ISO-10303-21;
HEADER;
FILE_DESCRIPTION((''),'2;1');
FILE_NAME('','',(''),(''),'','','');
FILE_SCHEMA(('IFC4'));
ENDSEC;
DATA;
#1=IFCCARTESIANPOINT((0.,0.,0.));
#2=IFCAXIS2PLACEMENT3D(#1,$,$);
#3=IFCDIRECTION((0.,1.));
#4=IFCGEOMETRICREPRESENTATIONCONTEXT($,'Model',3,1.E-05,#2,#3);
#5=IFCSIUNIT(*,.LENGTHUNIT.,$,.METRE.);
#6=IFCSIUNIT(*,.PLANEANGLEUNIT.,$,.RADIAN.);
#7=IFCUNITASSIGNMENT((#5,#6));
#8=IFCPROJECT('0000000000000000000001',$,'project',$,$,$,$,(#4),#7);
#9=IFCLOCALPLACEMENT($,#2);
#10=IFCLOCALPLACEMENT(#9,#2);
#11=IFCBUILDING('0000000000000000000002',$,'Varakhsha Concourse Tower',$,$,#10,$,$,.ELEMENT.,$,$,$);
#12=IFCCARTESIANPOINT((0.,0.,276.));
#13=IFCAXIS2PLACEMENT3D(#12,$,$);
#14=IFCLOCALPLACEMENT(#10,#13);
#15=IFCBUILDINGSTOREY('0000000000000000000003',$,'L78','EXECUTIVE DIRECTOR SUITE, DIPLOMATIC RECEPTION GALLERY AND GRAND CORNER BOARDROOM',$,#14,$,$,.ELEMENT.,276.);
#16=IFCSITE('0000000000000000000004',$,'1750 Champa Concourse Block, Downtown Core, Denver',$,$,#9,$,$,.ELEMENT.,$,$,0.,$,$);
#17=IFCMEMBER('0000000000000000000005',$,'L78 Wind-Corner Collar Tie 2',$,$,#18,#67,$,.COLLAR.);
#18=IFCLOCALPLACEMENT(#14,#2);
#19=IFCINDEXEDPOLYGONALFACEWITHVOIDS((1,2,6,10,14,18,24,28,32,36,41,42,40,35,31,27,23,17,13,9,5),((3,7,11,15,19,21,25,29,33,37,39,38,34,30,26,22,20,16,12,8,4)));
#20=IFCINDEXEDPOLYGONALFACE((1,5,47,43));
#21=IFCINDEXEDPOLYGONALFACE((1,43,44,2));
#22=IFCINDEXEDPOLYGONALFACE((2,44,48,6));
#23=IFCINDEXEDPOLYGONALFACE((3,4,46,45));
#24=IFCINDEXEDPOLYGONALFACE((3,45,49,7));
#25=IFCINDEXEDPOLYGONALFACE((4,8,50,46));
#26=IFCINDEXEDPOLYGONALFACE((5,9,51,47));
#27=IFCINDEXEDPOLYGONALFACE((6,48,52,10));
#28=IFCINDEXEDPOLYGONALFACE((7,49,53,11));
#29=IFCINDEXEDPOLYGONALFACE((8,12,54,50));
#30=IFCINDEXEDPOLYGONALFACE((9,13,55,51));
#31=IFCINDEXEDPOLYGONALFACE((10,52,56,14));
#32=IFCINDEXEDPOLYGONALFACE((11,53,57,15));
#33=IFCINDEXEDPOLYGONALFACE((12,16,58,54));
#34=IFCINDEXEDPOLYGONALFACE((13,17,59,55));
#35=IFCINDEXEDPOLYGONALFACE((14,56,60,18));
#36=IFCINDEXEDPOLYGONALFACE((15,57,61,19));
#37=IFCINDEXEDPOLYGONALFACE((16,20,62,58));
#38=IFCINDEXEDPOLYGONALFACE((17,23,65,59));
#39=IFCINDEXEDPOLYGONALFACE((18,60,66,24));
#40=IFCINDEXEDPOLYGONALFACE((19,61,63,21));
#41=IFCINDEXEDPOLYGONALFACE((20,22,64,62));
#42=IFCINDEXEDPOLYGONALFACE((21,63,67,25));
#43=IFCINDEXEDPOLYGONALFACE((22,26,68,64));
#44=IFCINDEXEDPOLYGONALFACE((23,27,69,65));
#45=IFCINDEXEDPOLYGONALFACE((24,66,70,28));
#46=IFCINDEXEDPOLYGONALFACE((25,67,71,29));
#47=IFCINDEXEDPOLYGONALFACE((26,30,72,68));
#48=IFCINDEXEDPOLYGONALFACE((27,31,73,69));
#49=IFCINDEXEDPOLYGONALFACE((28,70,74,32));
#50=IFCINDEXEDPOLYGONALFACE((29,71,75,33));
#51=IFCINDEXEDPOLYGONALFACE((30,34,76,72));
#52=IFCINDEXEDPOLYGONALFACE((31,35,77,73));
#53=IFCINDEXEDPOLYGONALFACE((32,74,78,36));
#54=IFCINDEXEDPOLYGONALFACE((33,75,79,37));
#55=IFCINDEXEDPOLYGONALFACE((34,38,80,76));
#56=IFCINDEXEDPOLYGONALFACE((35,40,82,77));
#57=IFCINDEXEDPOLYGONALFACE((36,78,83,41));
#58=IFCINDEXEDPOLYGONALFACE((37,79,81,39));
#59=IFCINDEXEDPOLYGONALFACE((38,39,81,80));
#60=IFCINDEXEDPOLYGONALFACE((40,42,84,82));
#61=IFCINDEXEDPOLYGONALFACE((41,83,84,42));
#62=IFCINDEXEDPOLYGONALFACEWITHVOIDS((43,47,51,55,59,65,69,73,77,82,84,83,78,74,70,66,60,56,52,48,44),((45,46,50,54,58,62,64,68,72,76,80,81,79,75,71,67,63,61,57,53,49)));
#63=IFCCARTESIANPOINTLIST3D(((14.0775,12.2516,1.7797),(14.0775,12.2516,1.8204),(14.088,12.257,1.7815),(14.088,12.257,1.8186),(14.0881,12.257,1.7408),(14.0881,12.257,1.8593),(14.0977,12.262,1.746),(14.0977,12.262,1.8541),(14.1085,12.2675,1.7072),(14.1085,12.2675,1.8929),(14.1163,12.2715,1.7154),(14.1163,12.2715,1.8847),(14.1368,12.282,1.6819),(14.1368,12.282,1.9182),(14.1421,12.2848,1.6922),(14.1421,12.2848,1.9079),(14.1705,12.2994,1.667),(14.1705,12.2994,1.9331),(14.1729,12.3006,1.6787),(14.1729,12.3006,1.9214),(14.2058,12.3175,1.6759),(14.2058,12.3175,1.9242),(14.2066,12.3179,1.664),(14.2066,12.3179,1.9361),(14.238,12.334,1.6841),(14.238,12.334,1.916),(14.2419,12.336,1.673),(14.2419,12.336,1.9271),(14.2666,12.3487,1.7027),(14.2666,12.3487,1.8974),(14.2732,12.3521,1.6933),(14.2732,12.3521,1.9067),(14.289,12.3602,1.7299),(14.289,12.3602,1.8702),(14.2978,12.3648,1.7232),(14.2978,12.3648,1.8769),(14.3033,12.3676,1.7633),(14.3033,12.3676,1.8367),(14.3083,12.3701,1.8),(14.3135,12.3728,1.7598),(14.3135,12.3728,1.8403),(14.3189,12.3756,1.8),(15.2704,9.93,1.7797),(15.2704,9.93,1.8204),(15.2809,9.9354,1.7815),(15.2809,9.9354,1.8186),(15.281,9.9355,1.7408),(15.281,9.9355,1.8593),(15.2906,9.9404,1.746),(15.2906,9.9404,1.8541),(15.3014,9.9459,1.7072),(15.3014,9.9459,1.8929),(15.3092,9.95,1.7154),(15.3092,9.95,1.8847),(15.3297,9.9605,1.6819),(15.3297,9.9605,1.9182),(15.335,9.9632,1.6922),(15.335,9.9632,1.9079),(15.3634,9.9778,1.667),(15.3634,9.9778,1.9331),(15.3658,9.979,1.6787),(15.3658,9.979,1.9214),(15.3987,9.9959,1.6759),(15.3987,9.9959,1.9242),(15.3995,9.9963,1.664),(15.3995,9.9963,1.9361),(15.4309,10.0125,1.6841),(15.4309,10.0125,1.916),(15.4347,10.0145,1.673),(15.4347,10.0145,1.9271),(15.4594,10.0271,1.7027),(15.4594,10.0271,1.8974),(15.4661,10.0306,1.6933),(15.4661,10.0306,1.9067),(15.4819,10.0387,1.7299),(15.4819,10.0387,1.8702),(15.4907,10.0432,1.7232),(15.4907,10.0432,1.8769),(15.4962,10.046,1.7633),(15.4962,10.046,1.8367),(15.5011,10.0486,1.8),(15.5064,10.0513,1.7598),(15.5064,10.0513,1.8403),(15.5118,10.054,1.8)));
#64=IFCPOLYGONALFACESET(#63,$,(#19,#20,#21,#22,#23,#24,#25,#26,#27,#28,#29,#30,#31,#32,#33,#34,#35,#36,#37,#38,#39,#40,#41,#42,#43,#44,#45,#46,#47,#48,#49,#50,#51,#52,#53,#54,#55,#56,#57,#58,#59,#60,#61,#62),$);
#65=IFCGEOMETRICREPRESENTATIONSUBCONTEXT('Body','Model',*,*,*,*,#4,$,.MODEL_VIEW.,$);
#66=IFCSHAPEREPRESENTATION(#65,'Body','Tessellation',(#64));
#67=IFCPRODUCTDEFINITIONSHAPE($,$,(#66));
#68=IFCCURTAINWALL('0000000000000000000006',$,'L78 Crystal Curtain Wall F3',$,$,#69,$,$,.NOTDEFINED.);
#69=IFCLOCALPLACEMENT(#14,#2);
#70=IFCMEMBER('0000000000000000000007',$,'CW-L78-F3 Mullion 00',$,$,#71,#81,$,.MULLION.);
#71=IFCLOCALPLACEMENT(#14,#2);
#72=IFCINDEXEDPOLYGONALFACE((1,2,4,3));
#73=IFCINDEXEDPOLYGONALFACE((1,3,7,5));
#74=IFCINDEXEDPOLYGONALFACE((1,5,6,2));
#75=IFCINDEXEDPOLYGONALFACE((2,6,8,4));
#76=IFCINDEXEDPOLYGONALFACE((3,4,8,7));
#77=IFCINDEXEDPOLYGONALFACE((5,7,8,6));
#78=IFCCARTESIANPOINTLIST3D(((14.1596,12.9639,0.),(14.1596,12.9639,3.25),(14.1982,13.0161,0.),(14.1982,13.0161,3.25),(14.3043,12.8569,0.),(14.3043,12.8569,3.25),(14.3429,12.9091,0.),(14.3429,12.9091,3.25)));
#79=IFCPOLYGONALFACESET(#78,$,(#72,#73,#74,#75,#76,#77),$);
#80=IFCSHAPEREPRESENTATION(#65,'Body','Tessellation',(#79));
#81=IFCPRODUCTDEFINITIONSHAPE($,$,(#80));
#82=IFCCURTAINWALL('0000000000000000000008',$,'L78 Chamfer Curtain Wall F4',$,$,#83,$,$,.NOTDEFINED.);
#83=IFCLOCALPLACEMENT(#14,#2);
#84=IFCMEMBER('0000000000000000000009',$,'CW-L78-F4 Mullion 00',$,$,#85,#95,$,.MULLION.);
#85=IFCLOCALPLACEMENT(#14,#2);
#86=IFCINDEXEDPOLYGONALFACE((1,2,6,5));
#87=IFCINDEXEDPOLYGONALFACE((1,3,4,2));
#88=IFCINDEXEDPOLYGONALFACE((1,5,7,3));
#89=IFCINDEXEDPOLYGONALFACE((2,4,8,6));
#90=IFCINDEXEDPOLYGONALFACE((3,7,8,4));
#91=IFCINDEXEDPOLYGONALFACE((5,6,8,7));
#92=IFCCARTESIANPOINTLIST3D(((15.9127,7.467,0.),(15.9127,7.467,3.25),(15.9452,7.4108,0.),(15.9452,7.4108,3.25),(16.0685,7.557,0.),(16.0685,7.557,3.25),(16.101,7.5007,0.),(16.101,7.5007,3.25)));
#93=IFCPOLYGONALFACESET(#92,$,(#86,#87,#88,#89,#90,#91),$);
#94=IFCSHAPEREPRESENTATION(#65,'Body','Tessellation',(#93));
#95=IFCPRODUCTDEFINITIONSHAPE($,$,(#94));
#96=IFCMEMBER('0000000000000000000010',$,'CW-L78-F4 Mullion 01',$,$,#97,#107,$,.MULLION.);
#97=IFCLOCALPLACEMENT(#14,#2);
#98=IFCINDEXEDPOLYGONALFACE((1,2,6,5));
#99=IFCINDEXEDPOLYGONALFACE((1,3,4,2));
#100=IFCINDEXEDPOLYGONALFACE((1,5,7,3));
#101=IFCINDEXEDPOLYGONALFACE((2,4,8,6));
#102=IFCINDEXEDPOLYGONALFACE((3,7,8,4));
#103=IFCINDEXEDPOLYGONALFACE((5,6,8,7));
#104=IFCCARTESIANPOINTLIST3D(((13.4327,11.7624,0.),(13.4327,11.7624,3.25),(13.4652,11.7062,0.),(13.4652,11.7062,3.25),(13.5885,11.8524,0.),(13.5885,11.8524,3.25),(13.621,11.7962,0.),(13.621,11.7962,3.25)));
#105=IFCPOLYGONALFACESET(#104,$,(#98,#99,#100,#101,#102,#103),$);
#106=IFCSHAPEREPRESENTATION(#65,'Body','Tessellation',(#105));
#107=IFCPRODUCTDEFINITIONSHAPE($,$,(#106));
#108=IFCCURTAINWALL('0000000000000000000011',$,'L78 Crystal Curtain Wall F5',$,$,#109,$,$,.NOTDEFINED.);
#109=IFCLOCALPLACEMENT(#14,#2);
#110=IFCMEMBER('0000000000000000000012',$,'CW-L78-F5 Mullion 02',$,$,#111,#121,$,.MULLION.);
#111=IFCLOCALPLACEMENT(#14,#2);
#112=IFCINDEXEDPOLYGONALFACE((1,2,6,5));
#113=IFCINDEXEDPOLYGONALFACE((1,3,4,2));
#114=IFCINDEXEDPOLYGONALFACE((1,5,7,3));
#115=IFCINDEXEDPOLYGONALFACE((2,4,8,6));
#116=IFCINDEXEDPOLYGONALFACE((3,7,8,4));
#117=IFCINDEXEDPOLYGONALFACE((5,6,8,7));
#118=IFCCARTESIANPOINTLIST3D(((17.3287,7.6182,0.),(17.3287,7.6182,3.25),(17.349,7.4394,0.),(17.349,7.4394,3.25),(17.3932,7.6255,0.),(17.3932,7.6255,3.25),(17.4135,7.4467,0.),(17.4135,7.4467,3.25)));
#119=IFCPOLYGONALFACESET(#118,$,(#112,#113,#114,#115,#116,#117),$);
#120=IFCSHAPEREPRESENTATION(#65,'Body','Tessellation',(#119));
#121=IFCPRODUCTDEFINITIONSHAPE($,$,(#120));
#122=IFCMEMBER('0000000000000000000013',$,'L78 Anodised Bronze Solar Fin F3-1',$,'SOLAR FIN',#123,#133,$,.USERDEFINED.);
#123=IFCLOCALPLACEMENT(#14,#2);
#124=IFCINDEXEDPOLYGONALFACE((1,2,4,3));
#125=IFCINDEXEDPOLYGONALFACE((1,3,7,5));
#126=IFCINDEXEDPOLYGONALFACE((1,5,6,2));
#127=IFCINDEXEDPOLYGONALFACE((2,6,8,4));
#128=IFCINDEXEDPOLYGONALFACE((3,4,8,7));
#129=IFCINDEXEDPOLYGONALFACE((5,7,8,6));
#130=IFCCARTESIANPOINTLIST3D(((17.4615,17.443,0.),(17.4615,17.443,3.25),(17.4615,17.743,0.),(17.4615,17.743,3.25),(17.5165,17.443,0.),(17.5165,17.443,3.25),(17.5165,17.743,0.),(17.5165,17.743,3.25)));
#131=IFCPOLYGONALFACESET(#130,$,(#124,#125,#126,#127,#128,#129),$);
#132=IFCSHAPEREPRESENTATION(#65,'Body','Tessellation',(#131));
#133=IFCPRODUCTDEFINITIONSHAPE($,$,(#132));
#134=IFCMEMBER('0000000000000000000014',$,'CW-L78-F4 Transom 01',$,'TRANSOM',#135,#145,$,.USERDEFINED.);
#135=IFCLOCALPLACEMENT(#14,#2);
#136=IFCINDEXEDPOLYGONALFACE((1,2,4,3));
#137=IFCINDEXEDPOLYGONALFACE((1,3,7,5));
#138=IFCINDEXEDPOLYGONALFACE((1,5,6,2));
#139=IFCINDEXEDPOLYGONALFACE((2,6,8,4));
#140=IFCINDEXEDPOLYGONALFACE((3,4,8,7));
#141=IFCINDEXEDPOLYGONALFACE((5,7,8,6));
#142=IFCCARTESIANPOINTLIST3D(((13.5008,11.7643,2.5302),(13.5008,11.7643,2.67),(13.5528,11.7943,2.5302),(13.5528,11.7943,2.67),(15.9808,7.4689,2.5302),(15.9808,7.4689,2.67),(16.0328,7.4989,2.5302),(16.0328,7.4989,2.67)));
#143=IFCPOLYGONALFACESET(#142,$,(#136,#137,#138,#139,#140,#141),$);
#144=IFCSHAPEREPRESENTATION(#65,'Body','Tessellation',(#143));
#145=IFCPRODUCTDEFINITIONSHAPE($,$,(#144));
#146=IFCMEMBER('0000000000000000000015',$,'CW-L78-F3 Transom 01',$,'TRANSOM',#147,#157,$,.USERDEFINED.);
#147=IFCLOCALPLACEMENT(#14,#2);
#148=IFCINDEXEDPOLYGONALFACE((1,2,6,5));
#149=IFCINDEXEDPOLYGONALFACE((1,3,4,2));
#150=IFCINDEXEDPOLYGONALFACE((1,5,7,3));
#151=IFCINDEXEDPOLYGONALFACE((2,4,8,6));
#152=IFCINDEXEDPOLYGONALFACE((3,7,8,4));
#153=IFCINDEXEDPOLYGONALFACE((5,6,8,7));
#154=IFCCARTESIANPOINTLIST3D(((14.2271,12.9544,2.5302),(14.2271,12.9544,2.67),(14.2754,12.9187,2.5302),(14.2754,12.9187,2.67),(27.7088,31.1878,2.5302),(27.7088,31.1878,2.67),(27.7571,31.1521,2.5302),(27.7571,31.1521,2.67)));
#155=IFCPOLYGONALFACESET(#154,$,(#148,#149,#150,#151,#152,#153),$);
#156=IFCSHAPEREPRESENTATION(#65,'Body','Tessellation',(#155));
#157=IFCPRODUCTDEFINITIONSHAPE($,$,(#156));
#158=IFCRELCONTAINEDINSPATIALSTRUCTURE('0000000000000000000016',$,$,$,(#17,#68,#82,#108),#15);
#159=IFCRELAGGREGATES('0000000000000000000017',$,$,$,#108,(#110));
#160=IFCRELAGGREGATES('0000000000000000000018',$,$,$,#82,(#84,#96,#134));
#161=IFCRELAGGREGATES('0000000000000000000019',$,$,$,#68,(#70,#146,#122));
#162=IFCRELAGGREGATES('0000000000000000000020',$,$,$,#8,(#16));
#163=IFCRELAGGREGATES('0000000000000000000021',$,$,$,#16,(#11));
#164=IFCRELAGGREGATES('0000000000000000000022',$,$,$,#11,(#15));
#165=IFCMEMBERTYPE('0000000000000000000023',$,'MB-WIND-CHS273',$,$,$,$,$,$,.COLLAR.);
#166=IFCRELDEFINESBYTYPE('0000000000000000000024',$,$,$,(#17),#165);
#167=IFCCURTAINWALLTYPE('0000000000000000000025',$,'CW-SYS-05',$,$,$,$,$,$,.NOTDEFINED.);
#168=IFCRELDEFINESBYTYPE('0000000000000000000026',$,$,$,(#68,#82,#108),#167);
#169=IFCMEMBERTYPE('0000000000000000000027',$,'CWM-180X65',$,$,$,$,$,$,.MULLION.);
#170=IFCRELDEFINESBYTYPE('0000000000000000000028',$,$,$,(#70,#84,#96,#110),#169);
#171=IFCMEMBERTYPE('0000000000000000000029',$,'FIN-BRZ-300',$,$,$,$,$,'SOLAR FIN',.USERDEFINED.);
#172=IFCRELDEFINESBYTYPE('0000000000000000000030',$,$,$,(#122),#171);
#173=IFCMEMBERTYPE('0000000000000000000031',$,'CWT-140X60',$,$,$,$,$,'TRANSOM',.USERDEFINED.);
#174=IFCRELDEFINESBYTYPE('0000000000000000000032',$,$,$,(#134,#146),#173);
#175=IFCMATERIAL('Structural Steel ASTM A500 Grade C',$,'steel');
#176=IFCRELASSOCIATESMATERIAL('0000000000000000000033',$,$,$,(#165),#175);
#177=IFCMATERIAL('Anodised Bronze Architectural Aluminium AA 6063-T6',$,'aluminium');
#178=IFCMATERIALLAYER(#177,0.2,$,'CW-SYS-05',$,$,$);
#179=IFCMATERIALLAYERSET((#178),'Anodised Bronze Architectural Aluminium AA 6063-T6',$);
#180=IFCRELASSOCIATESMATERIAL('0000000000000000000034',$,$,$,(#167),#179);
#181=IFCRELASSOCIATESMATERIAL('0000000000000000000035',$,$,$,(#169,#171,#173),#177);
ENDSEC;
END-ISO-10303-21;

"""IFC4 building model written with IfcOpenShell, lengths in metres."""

from ifc_helpers import new_model, si_unit, direction, frame, origin, origin_2d, place, context, subcontext, project, spatial, rectangle, hollow_circle, extrude, source, transform, mapped, material, layer, layer_set, material_profile, profile_set, type_object, type_shapes, element, aggregate, save


model = new_model("IFC4")

# Units and contexts
model_context = context("Model", 3, precision=1e-05, world=origin(), true_north=direction((0.0, 1.0)))
body_context = subcontext(model_context, "Body", "Model", "MODEL_VIEW")
ifc_project = project(units=[si_unit("LENGTHUNIT", "METRE"), si_unit("PLANEANGLEUNIT", "RADIAN")], contexts=[model_context])

# Site, building, storey
site_placement = place(None, origin())
site = spatial("IfcSite", under=ifc_project, at=site_placement, Name="1750 Champa Concourse Block, Downtown Core, Denver", CompositionType="ELEMENT", RefElevation=0.0)
building_placement = place(site_placement, origin())
building = spatial("IfcBuilding", under=site, at=building_placement, Name="Varakhsha Concourse Tower", CompositionType="ELEMENT")
storey_placement = place(building_placement, frame((0.0, 0.0, 276.0)))
storey = spatial("IfcBuildingStorey", under=building, at=storey_placement, Name="L78", Description="EXECUTIVE DIRECTOR SUITE, DIPLOMATIC RECEPTION GALLERY AND GRAND CORNER BOARDROOM", CompositionType="ELEMENT", Elevation=276.0)

# Member
ifc_material_1 = material(Name="Structural Steel ASTM A500 Grade C", Category="steel")
ifc_material_profile_1 = material_profile(ifc_material_1, hollow_circle(Radius=0.1365, WallThickness=0.012, at=origin_2d()), Name="CHS 273x12")
ifc_profile_set_1 = profile_set([ifc_material_profile_1], Name="Structural Steel ASTM A500 Grade C")
member_type_1 = type_object("IfcMemberType", Name="MB-WIND-CHS273", PredefinedType="COLLAR", material=ifc_profile_set_1)
shared_shape_1 = source(origin(), body_context, "Body", "SweptSolid", [
    extrude(hollow_circle(Radius=0.1365, WallThickness=0.012, at=origin_2d()), origin(), (0.0, 0.0, 1.0), 2.6101),
])
type_shapes(member_type_1, [shared_shape_1])
member_1_placement = place(storey_placement, frame((14.1975, 12.3132, 1.8), z_axis=(0.457027, -0.889453, 0.0), x_axis=(0.889453, 0.457027, 0.0)))
element("IfcMember", 1, at=member_1_placement, inside=storey, type_object=member_type_1, Name="L78 Wind-Corner Collar Tie 2", PredefinedType="COLLAR", context=body_context, shape_type="MappedRepresentation", body=[
    mapped(shared_shape_1, transform((0.0, 0.0, 0.0), scale=1.0)),
])

# Curtain wall, member
ifc_material_2 = material(Name="Anodised Bronze Architectural Aluminium AA 6063-T6", Category="aluminium")
ifc_layer_1 = layer(ifc_material_2, 0.2, Name="CW-SYS-05")
ifc_layer_set_1 = layer_set([ifc_layer_1], Name="Anodised Bronze Architectural Aluminium AA 6063-T6")
curtain_wall_type = type_object("IfcCurtainWallType", Name="CW-SYS-05", PredefinedType="NOTDEFINED", material=ifc_layer_set_1)
curtain_wall_1_placement = place(storey_placement, origin())
curtain_wall_1 = element("IfcCurtainWall", 2, at=curtain_wall_1_placement, inside=storey, type_object=curtain_wall_type, Name="L78 Crystal Curtain Wall F3", PredefinedType="NOTDEFINED")
ifc_material_profile_2 = material_profile(ifc_material_2, rectangle(XDim=0.0649, YDim=0.1799, at=origin_2d()), Name="CWM-180X65")
ifc_profile_set_2 = profile_set([ifc_material_profile_2], Name="Anodised Bronze Architectural Aluminium AA 6063-T6")
member_type_2 = type_object("IfcMemberType", Name="CWM-180X65", PredefinedType="MULLION", material=ifc_profile_set_2)
shared_shape_2 = source(origin(), body_context, "Body", "SweptSolid", [
    extrude(rectangle(XDim=0.0649, YDim=0.1799, at=origin_2d()), origin(), (0.0, 0.0, 1.0), 3.25),
])
type_shapes(member_type_2, [shared_shape_2])
member_2_placement = place(storey_placement, frame((14.2512, 12.9365, 0.0), z_axis=(0.0, 0.0, 1.0), x_axis=(0.594534, 0.804071, 0.0)))
member_2 = element("IfcMember", 3, at=member_2_placement, type_object=member_type_2, Name="CW-L78-F3 Mullion 00", PredefinedType="MULLION", context=body_context, shape_type="MappedRepresentation", body=[
    mapped(shared_shape_2, transform((0.0, 0.0, 0.0), scale=1.0)),
])

# Curtain wall, members
curtain_wall_2_placement = place(storey_placement, origin())
curtain_wall_2 = element("IfcCurtainWall", 4, at=curtain_wall_2_placement, inside=storey, type_object=curtain_wall_type, Name="L78 Chamfer Curtain Wall F4", PredefinedType="NOTDEFINED")
member_3_placement = place(storey_placement, frame((16.0068, 7.4839, 0.0), z_axis=(0.0, 0.0, 1.0), x_axis=(-0.499989, 0.866032, 0.0)))
member_3 = element("IfcMember", 5, at=member_3_placement, type_object=member_type_2, Name="CW-L78-F4 Mullion 00", PredefinedType="MULLION", context=body_context, shape_type="MappedRepresentation", body=[
    mapped(shared_shape_2, transform((0.0, 0.0, 0.0), scale=1.0)),
])
member_4_placement = place(storey_placement, frame((13.5269, 11.7793, 0.0), z_axis=(0.0, 0.0, 1.0), x_axis=(-0.499989, 0.866032, 0.0)))
member_4 = element("IfcMember", 6, at=member_4_placement, type_object=member_type_2, Name="CW-L78-F4 Mullion 01", PredefinedType="MULLION", context=body_context, shape_type="MappedRepresentation", body=[
    mapped(shared_shape_2, transform((0.0, 0.0, 0.0), scale=1.0)),
])

# Curtain wall, member
curtain_wall_3_placement = place(storey_placement, origin())
curtain_wall_3 = element("IfcCurtainWall", 7, at=curtain_wall_3_placement, inside=storey, type_object=curtain_wall_type, Name="L78 Crystal Curtain Wall F5", PredefinedType="NOTDEFINED")
member_5_placement = place(storey_placement, frame((17.3711, 7.5325, 0.0), z_axis=(0.0, 0.0, 1.0), x_axis=(-0.993613, -0.112844, 0.0)))
member_5 = element("IfcMember", 8, at=member_5_placement, type_object=member_type_2, Name="CW-L78-F5 Mullion 02", PredefinedType="MULLION", context=body_context, shape_type="MappedRepresentation", body=[
    mapped(shared_shape_2, transform((0.0, 0.0, 0.0), scale=1.0)),
])
aggregate(curtain_wall_3, [member_5])

# Members
ifc_material_profile_3 = material_profile(ifc_material_2, rectangle(XDim=0.0549, YDim=0.3, at=origin_2d()), Name="FIN-BRZ-300")
ifc_profile_set_3 = profile_set([ifc_material_profile_3], Name="Anodised Bronze Architectural Aluminium AA 6063-T6")
member_type_3 = type_object("IfcMemberType", Name="FIN-BRZ-300", ElementType="SOLAR FIN", PredefinedType="USERDEFINED", material=ifc_profile_set_3)
shared_shape_3 = source(origin(), body_context, "Body", "SweptSolid", [
    extrude(rectangle(XDim=0.0549, YDim=0.3, at=origin_2d()), origin(), (0.0, 0.0, 1.0), 3.25),
])
type_shapes(member_type_3, [shared_shape_3])
member_6_placement = place(storey_placement, frame((17.489, 17.593, 0.0), z_axis=(0.0, 0.0, 1.0), x_axis=(1.0, 0.0, 0.0)))
member_6 = element("IfcMember", 9, at=member_6_placement, type_object=member_type_3, Name="L78 Anodised Bronze Solar Fin F3-1", ObjectType="SOLAR FIN", PredefinedType="USERDEFINED", context=body_context, shape_type="MappedRepresentation", body=[
    mapped(shared_shape_3, transform((0.0, 0.0, 0.0), scale=1.0)),
])
ifc_material_profile_4 = material_profile(ifc_material_2, rectangle(XDim=0.0601, YDim=0.1399, at=origin_2d()), Name="CWT-140X60")
ifc_profile_set_4 = profile_set([ifc_material_profile_4], Name="Anodised Bronze Architectural Aluminium AA 6063-T6")
member_type_4 = type_object("IfcMemberType", Name="CWT-140X60", ElementType="TRANSOM", PredefinedType="USERDEFINED", material=ifc_profile_set_4)
shared_shape_4 = source(origin(), body_context, "Body", "SweptSolid", [
    extrude(rectangle(XDim=0.0601, YDim=0.1399, at=origin_2d()), origin(), (0.0, 0.0, 1.0), 4.96),
])
member_7_placement = place(storey_placement, frame((16.0068, 7.4839, 2.6001), z_axis=(-0.500004, 0.866023, 0.0), x_axis=(-0.866023, -0.500004, 0.0)))
member_7 = element("IfcMember", 10, at=member_7_placement, type_object=member_type_4, Name="CW-L78-F4 Transom 01", ObjectType="TRANSOM", PredefinedType="USERDEFINED", context=body_context, shape_type="MappedRepresentation", body=[
    mapped(shared_shape_4, transform((0.0, 0.0, 0.0), scale=1.0)),
])
shared_shape_5 = source(origin(), body_context, "Body", "SweptSolid", [
    extrude(rectangle(XDim=0.0601, YDim=0.1399, at=origin_2d()), origin(), (0.0, 0.0, 1.0), 22.6763),
])
type_shapes(member_type_4, [shared_shape_4, shared_shape_5])
member_8_placement = place(storey_placement, frame((14.2512, 12.9365, 2.6001), z_axis=(0.594529, 0.804074, 0.0), x_axis=(-0.804074, 0.594529, 0.0)))
member_8 = element("IfcMember", 11, at=member_8_placement, type_object=member_type_4, Name="CW-L78-F3 Transom 01", ObjectType="TRANSOM", PredefinedType="USERDEFINED", context=body_context, shape_type="MappedRepresentation", body=[
    mapped(shared_shape_5, transform((0.0, 0.0, 0.0), scale=1.0)),
])

aggregate(curtain_wall_2, [member_3, member_4, member_7])
aggregate(curtain_wall_1, [member_2, member_8, member_6])

save(model, "model.ifc")
